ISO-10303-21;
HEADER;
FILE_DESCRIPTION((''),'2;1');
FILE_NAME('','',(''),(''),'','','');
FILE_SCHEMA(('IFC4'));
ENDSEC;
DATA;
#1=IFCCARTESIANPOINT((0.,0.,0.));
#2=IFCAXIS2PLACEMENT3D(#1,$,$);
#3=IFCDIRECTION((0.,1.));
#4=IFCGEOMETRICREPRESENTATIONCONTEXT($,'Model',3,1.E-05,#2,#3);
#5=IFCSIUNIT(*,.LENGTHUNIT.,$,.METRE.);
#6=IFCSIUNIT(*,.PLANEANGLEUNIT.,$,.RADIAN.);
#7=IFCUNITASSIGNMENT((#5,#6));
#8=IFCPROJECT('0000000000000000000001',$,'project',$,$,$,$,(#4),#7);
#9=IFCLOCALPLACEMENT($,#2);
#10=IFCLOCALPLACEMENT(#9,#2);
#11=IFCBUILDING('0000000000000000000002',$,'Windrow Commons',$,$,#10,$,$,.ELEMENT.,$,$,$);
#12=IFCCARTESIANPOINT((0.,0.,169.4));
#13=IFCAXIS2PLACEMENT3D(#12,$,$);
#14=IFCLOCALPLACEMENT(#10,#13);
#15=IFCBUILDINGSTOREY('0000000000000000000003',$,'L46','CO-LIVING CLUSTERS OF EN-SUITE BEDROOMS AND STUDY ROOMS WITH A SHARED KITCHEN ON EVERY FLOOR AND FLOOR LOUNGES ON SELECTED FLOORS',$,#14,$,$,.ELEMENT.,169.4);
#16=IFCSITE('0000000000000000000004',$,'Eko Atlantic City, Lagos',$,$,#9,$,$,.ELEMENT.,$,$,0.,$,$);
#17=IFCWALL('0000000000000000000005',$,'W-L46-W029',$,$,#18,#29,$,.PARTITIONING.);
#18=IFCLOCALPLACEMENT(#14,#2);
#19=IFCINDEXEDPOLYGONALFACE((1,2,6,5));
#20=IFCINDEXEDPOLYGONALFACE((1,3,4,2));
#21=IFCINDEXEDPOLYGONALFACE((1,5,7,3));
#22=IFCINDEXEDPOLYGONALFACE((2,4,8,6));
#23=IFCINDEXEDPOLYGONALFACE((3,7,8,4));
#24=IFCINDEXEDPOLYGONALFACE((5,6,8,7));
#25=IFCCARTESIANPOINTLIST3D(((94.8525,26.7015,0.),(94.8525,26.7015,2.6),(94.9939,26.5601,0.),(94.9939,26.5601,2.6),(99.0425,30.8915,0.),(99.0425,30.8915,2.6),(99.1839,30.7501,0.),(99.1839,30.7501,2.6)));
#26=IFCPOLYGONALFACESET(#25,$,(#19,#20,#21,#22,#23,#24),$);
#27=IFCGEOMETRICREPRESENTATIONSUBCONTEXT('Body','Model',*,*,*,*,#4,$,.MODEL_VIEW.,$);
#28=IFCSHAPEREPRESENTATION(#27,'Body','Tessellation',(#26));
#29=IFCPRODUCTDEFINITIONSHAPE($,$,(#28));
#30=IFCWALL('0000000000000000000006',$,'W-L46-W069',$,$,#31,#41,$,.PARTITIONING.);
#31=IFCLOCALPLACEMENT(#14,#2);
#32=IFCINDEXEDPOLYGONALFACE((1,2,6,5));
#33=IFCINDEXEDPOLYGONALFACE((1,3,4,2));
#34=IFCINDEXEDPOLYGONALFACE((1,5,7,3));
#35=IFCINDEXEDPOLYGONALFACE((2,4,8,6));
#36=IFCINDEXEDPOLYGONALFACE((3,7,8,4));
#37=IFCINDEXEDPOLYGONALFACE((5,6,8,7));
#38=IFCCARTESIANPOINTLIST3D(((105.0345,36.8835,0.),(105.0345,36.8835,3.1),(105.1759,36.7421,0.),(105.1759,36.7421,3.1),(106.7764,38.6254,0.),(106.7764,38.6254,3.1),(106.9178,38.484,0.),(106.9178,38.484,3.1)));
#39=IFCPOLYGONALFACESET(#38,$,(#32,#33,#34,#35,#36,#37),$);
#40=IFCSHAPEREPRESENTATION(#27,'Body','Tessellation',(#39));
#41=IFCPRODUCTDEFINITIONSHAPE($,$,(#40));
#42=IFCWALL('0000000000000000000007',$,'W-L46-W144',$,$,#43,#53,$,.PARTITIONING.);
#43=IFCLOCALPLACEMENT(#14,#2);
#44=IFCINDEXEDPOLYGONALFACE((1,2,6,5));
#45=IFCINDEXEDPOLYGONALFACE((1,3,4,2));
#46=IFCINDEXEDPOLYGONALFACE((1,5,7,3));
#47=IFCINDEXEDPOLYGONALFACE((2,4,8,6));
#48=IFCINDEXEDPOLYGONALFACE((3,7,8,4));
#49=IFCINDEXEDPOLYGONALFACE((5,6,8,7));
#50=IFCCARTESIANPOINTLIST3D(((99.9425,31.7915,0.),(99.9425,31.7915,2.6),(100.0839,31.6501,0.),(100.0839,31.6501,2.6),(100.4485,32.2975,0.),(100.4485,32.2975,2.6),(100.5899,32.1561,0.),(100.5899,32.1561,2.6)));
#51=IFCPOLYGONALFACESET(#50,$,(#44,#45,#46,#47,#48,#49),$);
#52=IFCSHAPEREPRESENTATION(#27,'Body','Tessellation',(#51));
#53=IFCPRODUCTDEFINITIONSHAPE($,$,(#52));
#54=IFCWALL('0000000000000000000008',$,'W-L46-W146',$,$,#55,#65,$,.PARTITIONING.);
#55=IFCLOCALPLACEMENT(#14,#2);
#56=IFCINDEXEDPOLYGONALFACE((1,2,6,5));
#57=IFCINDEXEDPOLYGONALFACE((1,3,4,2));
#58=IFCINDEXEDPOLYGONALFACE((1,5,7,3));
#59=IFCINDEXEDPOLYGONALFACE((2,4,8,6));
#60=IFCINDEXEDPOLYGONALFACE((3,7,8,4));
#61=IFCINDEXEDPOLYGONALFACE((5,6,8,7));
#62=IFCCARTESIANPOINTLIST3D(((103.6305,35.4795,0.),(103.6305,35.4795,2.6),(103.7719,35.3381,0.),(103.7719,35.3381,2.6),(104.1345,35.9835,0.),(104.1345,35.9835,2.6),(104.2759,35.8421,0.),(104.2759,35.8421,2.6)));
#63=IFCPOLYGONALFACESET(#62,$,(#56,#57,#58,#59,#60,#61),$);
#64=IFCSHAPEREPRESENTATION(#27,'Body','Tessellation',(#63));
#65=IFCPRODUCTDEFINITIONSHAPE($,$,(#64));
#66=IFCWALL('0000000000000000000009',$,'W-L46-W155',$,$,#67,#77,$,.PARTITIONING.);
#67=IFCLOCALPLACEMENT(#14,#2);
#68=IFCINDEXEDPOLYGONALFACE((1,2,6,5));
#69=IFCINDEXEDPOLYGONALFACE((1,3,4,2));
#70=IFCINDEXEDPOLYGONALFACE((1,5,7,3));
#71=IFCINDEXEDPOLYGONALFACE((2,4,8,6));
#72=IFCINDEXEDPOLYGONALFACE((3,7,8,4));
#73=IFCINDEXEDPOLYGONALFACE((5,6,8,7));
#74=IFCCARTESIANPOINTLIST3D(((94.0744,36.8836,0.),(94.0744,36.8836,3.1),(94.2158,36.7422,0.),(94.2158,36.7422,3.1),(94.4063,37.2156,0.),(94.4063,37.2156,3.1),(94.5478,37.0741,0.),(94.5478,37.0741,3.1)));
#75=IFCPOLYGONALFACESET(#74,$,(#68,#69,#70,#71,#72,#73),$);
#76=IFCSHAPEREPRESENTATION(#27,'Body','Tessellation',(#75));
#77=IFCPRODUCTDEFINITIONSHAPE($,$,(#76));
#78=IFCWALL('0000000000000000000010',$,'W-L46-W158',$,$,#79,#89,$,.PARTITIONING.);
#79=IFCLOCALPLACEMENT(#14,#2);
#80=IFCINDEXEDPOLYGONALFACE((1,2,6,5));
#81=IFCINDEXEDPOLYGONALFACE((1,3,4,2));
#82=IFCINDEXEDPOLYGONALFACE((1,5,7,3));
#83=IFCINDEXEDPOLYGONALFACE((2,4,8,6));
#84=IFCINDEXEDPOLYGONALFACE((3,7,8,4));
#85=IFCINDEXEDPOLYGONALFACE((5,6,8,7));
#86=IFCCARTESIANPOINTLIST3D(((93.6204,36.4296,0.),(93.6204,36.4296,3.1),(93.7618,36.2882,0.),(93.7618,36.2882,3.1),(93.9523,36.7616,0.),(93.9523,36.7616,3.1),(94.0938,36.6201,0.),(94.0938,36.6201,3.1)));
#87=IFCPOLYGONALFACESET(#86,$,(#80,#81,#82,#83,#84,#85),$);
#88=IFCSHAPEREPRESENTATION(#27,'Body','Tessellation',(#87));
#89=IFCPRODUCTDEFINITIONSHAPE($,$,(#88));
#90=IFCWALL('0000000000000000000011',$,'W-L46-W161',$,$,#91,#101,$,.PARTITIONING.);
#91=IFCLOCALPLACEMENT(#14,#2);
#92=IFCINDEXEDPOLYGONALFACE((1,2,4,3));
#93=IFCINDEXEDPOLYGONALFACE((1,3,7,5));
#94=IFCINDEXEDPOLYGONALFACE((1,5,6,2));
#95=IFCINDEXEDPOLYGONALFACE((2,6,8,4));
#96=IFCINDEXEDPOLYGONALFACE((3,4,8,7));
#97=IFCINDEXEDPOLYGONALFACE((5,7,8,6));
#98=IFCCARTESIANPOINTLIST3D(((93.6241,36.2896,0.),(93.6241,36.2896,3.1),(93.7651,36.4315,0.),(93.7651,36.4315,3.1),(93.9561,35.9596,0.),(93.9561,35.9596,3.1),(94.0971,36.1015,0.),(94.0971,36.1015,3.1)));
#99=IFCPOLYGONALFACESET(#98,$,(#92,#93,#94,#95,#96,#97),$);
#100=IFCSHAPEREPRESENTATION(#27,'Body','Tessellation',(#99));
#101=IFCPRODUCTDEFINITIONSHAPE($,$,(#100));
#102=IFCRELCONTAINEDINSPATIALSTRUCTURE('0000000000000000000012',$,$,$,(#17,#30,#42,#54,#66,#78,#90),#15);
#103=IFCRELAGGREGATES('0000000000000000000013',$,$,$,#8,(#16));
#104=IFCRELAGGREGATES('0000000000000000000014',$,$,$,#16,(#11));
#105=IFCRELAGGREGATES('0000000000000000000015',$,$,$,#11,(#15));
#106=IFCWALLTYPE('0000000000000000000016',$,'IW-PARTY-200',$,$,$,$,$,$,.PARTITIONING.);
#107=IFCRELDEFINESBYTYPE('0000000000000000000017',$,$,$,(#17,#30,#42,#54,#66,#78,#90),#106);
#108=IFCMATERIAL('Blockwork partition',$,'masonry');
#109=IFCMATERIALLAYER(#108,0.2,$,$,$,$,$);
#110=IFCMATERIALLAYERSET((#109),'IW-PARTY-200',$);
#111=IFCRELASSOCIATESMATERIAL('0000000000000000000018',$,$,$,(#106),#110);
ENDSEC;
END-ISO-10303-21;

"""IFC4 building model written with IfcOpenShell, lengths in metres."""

from ifc_helpers import new_model, si_unit, direction, frame, frame_2d, origin, place, context, subcontext, project, spatial, rectangle, extrude, material, layer, layer_set, type_object, element, save


model = new_model("IFC4")

# Units and contexts
model_context = context("Model", 3, precision=1e-05, world=origin(), true_north=direction((0.0, 1.0)))
body_context = subcontext(model_context, "Body", "Model", "MODEL_VIEW")
ifc_project = project(units=[si_unit("LENGTHUNIT", "METRE"), si_unit("PLANEANGLEUNIT", "RADIAN")], contexts=[model_context])

# Site, building, storey
site_placement = place(None, origin())
site = spatial("IfcSite", under=ifc_project, at=site_placement, Name="Eko Atlantic City, Lagos", CompositionType="ELEMENT", RefElevation=0.0)
building_placement = place(site_placement, origin())
building = spatial("IfcBuilding", under=site, at=building_placement, Name="Windrow Commons", CompositionType="ELEMENT")
storey_placement = place(building_placement, frame((0.0, 0.0, 169.4)))
storey = spatial("IfcBuildingStorey", under=building, at=storey_placement, Name="L46", Description="CO-LIVING CLUSTERS OF EN-SUITE BEDROOMS AND STUDY ROOMS WITH A SHARED KITCHEN ON EVERY FLOOR AND FLOOR LOUNGES ON SELECTED FLOORS", CompositionType="ELEMENT", Elevation=169.4)

# Walls
ifc_material_1 = material(Name="Blockwork partition", Category="masonry")
ifc_layer_1 = layer(ifc_material_1, 0.2)
ifc_layer_set_1 = layer_set([ifc_layer_1], Name="IW-PARTY-200")
wall_type_1 = type_object("IfcWallType", Name="IW-PARTY-200", PredefinedType="PARTITIONING", material=ifc_layer_set_1)
wall_1_placement = place(storey_placement, frame((94.9232, 26.6308, 0.0), z_axis=(0.0, 0.0, 1.0), x_axis=(0.707107, 0.707107, 0.0)))
element("IfcWall", 1, at=wall_1_placement, inside=storey, type_object=wall_type_1, Name="W-L46-W029", PredefinedType="PARTITIONING", context=body_context, shape_type="SweptSolid", body=[
    extrude(rectangle(XDim=5.9256, YDim=0.2, at=frame_2d((2.9628, 0.0))), origin(), (0.0, 0.0, 1.0), 2.6),
])
wall_2_placement = place(storey_placement, frame((105.1052, 36.8128, 0.0), z_axis=(0.0, 0.0, 1.0), x_axis=(0.707107, 0.707107, 0.0)))
element("IfcWall", 2, at=wall_2_placement, inside=storey, type_object=wall_type_1, Name="W-L46-W069", PredefinedType="PARTITIONING", context=body_context, shape_type="SweptSolid", body=[
    extrude(rectangle(XDim=2.4634, YDim=0.2, at=frame_2d((1.2317, 0.0))), origin(), (0.0, 0.0, 1.0), 3.1),
])
wall_3_placement = place(storey_placement, frame((100.0132, 31.7208, 0.0), z_axis=(0.0, 0.0, 1.0), x_axis=(0.707107, 0.707107, 0.0)))
element("IfcWall", 3, at=wall_3_placement, inside=storey, type_object=wall_type_1, Name="W-L46-W144", PredefinedType="PARTITIONING", context=body_context, shape_type="SweptSolid", body=[
    extrude(rectangle(XDim=0.7156, YDim=0.2, at=frame_2d((0.3578, 0.0))), origin(), (0.0, 0.0, 1.0), 2.6),
])
wall_4_placement = place(storey_placement, frame((103.7012, 35.4088, 0.0), z_axis=(0.0, 0.0, 1.0), x_axis=(0.707107, 0.707107, 0.0)))
element("IfcWall", 4, at=wall_4_placement, inside=storey, type_object=wall_type_1, Name="W-L46-W146", PredefinedType="PARTITIONING", context=body_context, shape_type="SweptSolid", body=[
    extrude(rectangle(XDim=0.7128, YDim=0.2, at=frame_2d((0.3564, 0.0))), origin(), (0.0, 0.0, 1.0), 2.6),
])
for number, where, z_axis, x_axis, name in (
    (5, (94.1451, 36.8129, 0.0), (0.0, 0.0, 1.0), (0.707107, 0.707107, 0.0), "W-L46-W155"),
    (6, (93.6911, 36.3589, 0.0), (0.0, 0.0, 1.0), (0.707107, 0.707107, 0.0), "W-L46-W158"),
):
    element("IfcWall", number, at=place(storey_placement, frame(where, z_axis=z_axis, x_axis=x_axis)), inside=storey, type_object=wall_type_1, Name=name, PredefinedType="PARTITIONING", context=body_context, shape_type="SweptSolid", body=[
        extrude(rectangle(XDim=0.4695, YDim=0.2, at=frame_2d((0.2347, 0.0))), origin(), (0.0, 0.0, 1.0), 3.1),
    ])
wall_5_placement = place(storey_placement, frame((93.6946, 36.3606, 0.0), z_axis=(0.0, 0.0, 1.0), x_axis=(0.70924, -0.704967, 0.0)))
element("IfcWall", 7, at=wall_5_placement, inside=storey, type_object=wall_type_1, Name="W-L46-W161", PredefinedType="PARTITIONING", context=body_context, shape_type="SweptSolid", body=[
    extrude(rectangle(XDim=0.4681, YDim=0.2, at=frame_2d((0.2341, 0.0))), origin(), (0.0, 0.0, 1.0), 3.1),
])

save(model, "model.ifc")
